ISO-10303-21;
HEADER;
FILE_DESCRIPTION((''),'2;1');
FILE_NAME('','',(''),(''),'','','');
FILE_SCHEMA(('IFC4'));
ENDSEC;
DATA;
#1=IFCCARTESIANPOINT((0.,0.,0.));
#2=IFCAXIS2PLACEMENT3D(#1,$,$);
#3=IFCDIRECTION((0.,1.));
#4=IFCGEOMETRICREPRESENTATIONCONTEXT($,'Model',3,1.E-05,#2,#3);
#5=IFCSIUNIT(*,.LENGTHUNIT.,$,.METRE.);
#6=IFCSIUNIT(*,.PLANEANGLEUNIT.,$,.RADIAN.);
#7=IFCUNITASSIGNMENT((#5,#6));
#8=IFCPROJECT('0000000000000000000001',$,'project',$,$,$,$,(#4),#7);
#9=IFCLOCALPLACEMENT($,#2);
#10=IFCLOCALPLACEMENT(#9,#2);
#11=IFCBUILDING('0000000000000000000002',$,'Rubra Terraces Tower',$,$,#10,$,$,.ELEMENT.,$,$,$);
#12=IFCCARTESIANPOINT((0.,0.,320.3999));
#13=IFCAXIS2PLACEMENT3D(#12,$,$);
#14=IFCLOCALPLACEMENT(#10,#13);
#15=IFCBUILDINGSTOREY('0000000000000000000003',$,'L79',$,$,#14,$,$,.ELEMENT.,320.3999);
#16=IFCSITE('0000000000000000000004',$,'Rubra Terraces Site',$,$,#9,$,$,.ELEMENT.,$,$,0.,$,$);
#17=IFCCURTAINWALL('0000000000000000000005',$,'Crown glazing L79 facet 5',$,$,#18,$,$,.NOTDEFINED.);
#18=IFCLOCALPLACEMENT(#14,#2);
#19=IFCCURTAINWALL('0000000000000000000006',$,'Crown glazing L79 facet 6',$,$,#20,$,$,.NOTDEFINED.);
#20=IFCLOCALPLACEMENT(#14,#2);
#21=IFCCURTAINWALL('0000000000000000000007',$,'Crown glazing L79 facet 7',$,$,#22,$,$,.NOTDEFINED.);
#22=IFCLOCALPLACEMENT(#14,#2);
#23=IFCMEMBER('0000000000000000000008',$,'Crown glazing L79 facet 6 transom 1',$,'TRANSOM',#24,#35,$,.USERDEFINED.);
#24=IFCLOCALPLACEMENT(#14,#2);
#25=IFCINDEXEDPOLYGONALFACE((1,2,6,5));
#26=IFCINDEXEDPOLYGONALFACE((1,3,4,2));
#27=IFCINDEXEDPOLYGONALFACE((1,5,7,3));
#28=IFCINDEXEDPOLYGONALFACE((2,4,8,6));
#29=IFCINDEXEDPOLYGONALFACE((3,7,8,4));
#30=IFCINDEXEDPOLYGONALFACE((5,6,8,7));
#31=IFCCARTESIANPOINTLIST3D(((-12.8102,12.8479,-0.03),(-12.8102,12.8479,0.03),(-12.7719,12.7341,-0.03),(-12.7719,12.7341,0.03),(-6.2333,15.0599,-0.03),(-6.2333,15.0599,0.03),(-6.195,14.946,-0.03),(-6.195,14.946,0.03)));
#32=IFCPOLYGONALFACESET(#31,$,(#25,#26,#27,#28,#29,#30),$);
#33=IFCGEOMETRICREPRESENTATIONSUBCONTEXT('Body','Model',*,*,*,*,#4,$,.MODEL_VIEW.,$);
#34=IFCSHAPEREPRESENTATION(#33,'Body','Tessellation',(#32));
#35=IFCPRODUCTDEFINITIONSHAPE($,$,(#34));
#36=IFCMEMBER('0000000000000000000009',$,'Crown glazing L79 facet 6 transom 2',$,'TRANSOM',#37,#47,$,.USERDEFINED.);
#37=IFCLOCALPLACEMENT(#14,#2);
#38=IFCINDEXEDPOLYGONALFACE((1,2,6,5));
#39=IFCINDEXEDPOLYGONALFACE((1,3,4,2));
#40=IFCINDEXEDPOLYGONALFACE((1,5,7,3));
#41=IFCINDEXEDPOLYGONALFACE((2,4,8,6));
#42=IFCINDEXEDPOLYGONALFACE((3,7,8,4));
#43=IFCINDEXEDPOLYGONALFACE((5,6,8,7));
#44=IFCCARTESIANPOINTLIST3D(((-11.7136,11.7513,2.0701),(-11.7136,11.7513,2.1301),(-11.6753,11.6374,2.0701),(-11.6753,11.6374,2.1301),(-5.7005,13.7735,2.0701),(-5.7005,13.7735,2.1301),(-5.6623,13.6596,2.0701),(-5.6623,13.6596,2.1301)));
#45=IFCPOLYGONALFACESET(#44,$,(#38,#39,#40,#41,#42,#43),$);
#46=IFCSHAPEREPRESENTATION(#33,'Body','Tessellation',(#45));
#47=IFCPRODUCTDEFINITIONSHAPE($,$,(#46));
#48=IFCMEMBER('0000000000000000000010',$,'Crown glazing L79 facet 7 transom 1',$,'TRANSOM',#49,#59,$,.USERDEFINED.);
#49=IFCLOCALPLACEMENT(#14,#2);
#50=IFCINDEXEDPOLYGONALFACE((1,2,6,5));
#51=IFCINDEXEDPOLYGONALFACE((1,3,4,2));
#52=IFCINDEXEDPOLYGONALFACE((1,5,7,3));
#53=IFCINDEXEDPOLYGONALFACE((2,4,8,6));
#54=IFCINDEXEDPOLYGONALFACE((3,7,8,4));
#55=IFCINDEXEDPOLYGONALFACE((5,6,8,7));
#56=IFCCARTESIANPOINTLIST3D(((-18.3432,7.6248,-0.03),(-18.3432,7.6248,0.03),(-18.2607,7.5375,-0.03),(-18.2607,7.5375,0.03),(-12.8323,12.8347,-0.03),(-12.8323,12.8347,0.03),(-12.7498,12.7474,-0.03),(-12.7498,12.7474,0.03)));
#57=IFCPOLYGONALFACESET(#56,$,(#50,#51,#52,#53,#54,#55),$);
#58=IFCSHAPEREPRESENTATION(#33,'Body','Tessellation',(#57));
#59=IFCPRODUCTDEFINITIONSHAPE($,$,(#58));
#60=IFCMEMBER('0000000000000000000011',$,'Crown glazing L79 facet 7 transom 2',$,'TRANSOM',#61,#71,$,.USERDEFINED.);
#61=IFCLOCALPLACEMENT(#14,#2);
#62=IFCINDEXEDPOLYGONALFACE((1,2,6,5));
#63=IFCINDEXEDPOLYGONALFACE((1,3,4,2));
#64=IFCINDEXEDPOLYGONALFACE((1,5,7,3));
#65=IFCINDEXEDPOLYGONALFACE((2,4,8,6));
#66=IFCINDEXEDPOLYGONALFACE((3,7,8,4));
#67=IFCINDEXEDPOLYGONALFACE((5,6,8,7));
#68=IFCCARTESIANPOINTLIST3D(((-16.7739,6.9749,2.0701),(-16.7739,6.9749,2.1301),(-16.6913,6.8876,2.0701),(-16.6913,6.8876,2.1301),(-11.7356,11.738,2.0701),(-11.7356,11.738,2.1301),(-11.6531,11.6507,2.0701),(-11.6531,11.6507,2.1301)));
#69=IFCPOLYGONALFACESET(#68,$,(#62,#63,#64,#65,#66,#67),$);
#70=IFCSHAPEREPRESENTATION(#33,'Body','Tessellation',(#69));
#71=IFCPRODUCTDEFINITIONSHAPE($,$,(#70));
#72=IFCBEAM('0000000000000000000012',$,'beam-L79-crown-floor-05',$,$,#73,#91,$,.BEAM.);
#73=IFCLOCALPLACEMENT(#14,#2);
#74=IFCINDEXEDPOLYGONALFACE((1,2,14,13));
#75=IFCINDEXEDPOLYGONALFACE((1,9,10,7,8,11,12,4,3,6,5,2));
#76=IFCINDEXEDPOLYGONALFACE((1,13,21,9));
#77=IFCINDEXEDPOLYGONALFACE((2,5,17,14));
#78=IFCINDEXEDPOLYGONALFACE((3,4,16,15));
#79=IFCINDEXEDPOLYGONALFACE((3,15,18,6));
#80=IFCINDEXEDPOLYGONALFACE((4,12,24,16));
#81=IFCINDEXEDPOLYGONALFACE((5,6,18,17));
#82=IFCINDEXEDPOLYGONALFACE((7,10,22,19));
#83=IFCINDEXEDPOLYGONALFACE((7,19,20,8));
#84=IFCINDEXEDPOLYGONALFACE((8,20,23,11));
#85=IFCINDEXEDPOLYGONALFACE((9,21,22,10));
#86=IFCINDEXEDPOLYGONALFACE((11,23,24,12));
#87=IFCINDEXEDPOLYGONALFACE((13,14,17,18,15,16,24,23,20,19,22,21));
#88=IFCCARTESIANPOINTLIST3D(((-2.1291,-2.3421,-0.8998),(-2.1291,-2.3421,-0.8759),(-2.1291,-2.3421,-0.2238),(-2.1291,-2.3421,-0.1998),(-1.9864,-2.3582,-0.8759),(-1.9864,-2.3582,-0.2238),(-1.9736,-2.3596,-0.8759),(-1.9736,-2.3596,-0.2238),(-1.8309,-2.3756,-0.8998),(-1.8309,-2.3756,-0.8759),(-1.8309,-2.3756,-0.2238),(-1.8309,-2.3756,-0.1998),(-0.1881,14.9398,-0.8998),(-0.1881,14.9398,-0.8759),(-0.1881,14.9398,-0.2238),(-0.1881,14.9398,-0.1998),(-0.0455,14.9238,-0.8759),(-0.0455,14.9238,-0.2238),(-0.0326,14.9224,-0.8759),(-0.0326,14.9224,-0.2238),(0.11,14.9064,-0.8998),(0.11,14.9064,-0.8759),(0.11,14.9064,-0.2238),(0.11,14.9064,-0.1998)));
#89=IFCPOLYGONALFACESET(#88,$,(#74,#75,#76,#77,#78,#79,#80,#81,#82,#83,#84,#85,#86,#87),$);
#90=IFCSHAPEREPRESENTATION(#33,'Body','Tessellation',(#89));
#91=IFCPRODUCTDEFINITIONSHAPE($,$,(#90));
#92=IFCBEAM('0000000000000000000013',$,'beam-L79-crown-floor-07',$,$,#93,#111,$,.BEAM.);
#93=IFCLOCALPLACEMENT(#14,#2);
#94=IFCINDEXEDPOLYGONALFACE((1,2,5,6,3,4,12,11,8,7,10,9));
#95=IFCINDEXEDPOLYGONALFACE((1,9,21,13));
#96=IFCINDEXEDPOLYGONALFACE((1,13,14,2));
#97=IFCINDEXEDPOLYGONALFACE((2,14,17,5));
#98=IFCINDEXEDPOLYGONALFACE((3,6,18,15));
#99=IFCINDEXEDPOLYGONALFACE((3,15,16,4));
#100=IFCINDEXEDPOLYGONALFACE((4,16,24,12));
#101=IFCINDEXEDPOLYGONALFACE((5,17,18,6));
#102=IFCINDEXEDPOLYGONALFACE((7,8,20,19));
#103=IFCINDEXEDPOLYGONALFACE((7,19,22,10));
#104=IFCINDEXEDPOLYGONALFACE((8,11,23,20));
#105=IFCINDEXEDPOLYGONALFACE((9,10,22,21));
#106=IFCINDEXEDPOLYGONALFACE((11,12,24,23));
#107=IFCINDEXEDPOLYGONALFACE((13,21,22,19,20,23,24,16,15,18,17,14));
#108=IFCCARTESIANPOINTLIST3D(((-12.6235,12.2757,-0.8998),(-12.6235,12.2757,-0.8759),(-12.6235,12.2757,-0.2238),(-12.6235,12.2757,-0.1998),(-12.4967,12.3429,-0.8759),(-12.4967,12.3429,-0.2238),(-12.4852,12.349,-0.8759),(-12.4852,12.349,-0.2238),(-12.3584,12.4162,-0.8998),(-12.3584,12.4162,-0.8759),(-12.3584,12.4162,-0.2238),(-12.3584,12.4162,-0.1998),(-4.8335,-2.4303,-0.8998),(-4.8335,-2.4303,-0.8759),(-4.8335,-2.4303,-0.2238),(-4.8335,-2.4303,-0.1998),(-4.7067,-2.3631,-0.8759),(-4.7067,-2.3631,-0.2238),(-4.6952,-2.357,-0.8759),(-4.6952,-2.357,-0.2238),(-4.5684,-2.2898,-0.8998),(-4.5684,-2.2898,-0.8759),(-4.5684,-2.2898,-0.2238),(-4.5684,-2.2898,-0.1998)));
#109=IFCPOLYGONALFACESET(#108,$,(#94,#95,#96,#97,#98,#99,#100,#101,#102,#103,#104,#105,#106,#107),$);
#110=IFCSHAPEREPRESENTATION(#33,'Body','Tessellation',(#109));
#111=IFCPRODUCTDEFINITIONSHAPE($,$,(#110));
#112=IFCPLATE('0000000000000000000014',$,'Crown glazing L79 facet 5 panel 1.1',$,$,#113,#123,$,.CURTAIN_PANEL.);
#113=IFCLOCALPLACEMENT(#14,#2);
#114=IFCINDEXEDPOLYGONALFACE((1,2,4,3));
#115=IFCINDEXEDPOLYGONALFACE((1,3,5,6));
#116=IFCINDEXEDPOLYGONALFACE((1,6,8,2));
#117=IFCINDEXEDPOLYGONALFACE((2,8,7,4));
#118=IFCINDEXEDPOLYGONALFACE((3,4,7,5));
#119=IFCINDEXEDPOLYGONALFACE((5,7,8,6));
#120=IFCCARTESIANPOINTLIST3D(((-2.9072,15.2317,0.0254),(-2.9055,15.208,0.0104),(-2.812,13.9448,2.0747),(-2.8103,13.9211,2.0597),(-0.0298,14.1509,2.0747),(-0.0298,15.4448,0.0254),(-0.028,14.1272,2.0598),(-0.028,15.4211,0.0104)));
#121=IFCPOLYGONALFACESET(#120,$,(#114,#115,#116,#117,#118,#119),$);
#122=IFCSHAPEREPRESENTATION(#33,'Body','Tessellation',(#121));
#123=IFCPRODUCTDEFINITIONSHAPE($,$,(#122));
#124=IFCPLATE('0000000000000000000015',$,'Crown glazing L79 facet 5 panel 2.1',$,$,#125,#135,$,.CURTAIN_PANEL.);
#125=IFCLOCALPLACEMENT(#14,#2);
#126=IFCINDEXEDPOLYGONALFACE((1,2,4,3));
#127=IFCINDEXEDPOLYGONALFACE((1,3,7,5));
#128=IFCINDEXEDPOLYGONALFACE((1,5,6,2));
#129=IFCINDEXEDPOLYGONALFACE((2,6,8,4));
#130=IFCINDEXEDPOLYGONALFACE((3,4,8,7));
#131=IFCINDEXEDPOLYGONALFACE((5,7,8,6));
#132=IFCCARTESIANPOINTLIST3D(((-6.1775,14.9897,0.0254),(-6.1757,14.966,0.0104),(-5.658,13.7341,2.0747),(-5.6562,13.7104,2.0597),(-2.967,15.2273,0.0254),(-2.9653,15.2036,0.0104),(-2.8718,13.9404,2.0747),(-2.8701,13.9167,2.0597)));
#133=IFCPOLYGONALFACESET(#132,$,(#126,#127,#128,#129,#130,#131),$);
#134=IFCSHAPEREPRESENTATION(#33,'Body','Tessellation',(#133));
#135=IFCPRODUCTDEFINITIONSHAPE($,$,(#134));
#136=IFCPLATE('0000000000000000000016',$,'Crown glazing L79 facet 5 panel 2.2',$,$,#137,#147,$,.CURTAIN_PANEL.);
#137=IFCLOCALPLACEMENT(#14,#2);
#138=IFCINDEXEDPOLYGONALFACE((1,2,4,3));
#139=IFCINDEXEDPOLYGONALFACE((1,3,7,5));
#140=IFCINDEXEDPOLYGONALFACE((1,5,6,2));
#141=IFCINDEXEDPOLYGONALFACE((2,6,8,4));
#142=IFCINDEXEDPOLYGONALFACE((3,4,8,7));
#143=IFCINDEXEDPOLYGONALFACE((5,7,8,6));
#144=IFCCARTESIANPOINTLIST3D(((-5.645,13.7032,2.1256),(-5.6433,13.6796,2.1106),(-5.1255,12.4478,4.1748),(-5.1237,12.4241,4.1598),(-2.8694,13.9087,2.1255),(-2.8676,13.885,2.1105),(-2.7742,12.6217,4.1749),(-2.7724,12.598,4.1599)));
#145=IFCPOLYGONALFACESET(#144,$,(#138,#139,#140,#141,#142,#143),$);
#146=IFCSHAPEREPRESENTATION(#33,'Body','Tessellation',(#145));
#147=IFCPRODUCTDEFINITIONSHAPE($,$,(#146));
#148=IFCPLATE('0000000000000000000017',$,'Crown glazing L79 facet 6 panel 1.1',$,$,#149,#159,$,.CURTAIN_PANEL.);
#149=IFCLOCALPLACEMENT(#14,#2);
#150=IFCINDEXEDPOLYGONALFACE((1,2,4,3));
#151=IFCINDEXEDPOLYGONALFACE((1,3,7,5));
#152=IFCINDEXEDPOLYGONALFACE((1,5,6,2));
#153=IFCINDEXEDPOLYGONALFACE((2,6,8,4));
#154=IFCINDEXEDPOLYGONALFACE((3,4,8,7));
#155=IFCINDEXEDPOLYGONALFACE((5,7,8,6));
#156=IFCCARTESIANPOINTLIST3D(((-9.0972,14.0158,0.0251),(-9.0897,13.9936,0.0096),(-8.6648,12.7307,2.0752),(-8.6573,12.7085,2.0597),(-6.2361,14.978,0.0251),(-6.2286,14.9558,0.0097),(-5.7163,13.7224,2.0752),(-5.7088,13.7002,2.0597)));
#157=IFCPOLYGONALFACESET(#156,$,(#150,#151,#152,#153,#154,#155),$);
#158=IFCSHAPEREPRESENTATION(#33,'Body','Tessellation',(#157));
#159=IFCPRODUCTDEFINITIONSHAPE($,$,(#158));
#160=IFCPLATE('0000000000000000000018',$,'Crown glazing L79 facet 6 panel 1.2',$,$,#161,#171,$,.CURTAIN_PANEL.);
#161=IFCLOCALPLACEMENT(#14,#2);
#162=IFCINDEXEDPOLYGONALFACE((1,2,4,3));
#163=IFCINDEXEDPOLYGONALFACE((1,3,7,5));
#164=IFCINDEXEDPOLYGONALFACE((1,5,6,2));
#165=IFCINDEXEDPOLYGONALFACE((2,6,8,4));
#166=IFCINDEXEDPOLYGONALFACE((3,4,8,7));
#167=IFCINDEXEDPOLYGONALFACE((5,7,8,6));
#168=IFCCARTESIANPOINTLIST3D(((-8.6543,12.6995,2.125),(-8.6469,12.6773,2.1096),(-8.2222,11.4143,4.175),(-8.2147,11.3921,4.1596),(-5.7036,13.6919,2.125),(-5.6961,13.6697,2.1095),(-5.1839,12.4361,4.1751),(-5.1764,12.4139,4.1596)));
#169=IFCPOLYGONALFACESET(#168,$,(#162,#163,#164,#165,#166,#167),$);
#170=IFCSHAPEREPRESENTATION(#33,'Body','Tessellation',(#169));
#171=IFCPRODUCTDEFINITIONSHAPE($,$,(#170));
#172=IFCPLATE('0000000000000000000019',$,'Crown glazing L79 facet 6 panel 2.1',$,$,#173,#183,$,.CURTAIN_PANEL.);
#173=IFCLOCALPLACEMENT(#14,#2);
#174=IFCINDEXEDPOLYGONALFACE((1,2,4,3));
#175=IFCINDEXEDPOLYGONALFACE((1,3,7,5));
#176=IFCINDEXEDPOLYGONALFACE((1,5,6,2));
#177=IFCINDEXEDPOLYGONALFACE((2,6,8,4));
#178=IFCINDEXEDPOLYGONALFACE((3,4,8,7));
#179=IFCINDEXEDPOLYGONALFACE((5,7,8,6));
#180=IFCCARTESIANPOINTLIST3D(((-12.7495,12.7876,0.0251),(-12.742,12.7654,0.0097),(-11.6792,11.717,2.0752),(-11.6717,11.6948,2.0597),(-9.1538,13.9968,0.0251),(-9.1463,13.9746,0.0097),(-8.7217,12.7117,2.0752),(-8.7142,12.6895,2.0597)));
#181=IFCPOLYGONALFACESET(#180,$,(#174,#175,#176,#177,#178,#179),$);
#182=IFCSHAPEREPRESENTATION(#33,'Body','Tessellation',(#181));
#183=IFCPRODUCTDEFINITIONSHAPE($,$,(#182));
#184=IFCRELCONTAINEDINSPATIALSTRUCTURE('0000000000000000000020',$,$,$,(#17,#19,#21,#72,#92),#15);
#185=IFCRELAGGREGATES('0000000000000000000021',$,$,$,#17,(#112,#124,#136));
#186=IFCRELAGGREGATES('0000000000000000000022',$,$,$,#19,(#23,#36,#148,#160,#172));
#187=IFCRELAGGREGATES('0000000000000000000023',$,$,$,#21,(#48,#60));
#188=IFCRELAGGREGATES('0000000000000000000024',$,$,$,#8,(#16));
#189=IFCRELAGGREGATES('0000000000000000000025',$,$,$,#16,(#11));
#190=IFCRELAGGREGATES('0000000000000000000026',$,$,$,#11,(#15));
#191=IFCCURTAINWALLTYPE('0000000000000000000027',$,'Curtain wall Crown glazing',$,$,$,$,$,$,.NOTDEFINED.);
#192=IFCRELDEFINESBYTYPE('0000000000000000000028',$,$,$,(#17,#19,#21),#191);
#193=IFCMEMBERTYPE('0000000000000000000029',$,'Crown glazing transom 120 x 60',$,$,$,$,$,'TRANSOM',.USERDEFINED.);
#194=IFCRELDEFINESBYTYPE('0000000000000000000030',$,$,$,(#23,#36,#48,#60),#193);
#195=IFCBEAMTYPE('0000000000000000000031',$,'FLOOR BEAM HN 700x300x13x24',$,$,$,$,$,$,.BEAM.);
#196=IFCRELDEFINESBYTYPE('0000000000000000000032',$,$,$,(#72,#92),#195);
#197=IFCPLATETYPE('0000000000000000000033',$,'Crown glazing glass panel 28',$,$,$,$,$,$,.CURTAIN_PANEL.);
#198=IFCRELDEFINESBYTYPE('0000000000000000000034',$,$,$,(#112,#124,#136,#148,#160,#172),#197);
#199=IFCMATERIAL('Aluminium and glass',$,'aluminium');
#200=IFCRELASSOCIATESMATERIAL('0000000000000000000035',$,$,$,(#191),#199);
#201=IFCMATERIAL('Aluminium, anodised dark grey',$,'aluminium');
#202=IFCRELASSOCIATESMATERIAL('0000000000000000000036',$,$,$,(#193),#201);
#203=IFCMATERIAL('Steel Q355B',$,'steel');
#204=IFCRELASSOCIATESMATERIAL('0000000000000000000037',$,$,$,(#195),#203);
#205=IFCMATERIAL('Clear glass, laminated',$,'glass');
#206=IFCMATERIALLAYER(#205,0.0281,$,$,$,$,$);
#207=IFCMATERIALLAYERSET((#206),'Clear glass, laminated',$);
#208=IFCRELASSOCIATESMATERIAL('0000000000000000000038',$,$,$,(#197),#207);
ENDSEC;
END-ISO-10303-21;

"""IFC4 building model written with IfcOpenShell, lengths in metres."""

from ifc_helpers import new_model, si_unit, direction, frame, origin, origin_2d, place, context, subcontext, project, spatial, polyline, rectangle, i_section, outline, extrude, material, layer, layer_set, material_profile, profile_set, type_object, element, aggregate, save


model = new_model("IFC4")

# Units and contexts
model_context = context("Model", 3, precision=1e-05, world=origin(), true_north=direction((0.0, 1.0)))
body_context = subcontext(model_context, "Body", "Model", "MODEL_VIEW")
ifc_project = project(units=[si_unit("LENGTHUNIT", "METRE"), si_unit("PLANEANGLEUNIT", "RADIAN")], contexts=[model_context])

# Site, building, storey
site_placement = place(None, origin())
site = spatial("IfcSite", under=ifc_project, at=site_placement, Name="Rubra Terraces Site", CompositionType="ELEMENT", RefElevation=0.0)
building_placement = place(site_placement, origin())
building = spatial("IfcBuilding", under=site, at=building_placement, Name="Rubra Terraces Tower", CompositionType="ELEMENT")
storey_placement = place(building_placement, frame((0.0, 0.0, 320.3999)))
storey = spatial("IfcBuildingStorey", under=building, at=storey_placement, Name="L79", CompositionType="ELEMENT", Elevation=320.3999)

# Shared definitions
ifc_material_1 = material(Name="Steel Q355B", Category="steel")

# Curtain walls
ifc_material_2 = material(Name="Aluminium and glass", Category="aluminium")
curtain_wall_type = type_object("IfcCurtainWallType", Name="Curtain wall Crown glazing", PredefinedType="NOTDEFINED", material=ifc_material_2)
curtain_wall_1_placement = place(storey_placement, origin())
curtain_wall_1 = element("IfcCurtainWall", 1, at=curtain_wall_1_placement, inside=storey, type_object=curtain_wall_type, Name="Crown glazing L79 facet 5", PredefinedType="NOTDEFINED")
ifc_material_3 = material(Name="Aluminium, anodised dark grey", Category="aluminium")
curtain_wall_2_placement = place(storey_placement, origin())
curtain_wall_2 = element("IfcCurtainWall", 2, at=curtain_wall_2_placement, inside=storey, type_object=curtain_wall_type, Name="Crown glazing L79 facet 6", PredefinedType="NOTDEFINED")
curtain_wall_3_placement = place(storey_placement, origin())
curtain_wall_3 = element("IfcCurtainWall", 3, at=curtain_wall_3_placement, inside=storey, type_object=curtain_wall_type, Name="Crown glazing L79 facet 7", PredefinedType="NOTDEFINED")

# Members
ifc_material_profile_1 = material_profile(ifc_material_3, rectangle(XDim=0.1201, YDim=0.0601, at=origin_2d()), Name="AL 120x60")
ifc_profile_set_1 = profile_set([ifc_material_profile_1], Name="Aluminium, anodised dark grey")
member_type_1 = type_object("IfcMemberType", Name="Crown glazing transom 120 x 60", ElementType="TRANSOM", PredefinedType="USERDEFINED", material=ifc_profile_set_1)
member_1_placement = place(storey_placement, frame((-6.2141, 15.0029, 0.0), z_axis=(-0.947832, -0.31877, 0.0), x_axis=(0.31877, -0.947832, 0.0)))
member_1 = element("IfcMember", 4, at=member_1_placement, type_object=member_type_1, Name="Crown glazing L79 facet 6 transom 1", ObjectType="TRANSOM", PredefinedType="USERDEFINED", context=body_context, shape_type="SweptSolid", body=[
    extrude(rectangle(XDim=0.1201, YDim=0.0601, at=origin_2d()), origin(), (0.0, 0.0, 1.0), 6.939),
])
member_2_placement = place(storey_placement, frame((-5.6814, 13.7166, 2.1001), z_axis=(-0.947837, -0.318755, 0.0), x_axis=(0.318755, -0.947837, 0.0)))
member_2 = element("IfcMember", 5, at=member_2_placement, type_object=member_type_1, Name="Crown glazing L79 facet 6 transom 2", ObjectType="TRANSOM", PredefinedType="USERDEFINED", context=body_context, shape_type="SweptSolid", body=[
    extrude(rectangle(XDim=0.1201, YDim=0.0601, at=origin_2d()), origin(), (0.0, 0.0, 1.0), 6.344),
])
member_3_placement = place(storey_placement, frame((-12.791, 12.791, 0.0), z_axis=(-0.726675, -0.686982, 0.0), x_axis=(0.686982, -0.726675, 0.0)))
member_3 = element("IfcMember", 6, at=member_3_placement, type_object=member_type_1, Name="Crown glazing L79 facet 7 transom 1", ObjectType="TRANSOM", PredefinedType="USERDEFINED", context=body_context, shape_type="SweptSolid", body=[
    extrude(rectangle(XDim=0.1201, YDim=0.0601, at=origin_2d()), origin(), (0.0, 0.0, 1.0), 7.5837),
])
member_4_placement = place(storey_placement, frame((-11.6943, 11.6943, 2.1001), z_axis=(-0.72667, -0.686986, 0.0), x_axis=(0.686986, -0.72667, 0.0)))
member_4 = element("IfcMember", 7, at=member_4_placement, type_object=member_type_1, Name="Crown glazing L79 facet 7 transom 2", ObjectType="TRANSOM", PredefinedType="USERDEFINED", context=body_context, shape_type="SweptSolid", body=[
    extrude(rectangle(XDim=0.1201, YDim=0.0601, at=origin_2d()), origin(), (0.0, 0.0, 1.0), 6.9333),
])

# Beams
ifc_material_profile_2 = material_profile(ifc_material_1, i_section(OverallWidth=0.3, OverallDepth=0.7, WebThickness=0.0129, FlangeThickness=0.0239, at=origin_2d()), Name="HN 700x300x13x24")
ifc_profile_set_2 = profile_set([ifc_material_profile_2], Name="Steel Q355B")
beam_type_1 = type_object("IfcBeamType", Name="FLOOR BEAM HN 700x300x13x24", PredefinedType="BEAM", material=ifc_profile_set_2)
beam_1_placement = place(storey_placement, frame((-0.0391, 14.9231, -0.5498), z_axis=(-0.111607, -0.993752, 0.0), x_axis=(0.993752, -0.111607, 0.0)))
element("IfcBeam", 8, at=beam_1_placement, inside=storey, type_object=beam_type_1, Name="beam-L79-crown-floor-05", PredefinedType="BEAM", context=body_context, shape_type="SweptSolid", body=[
    extrude(i_section(OverallWidth=0.3, OverallDepth=0.7, WebThickness=0.0129, FlangeThickness=0.0239, at=origin_2d()), origin(), (0.0, 0.0, 1.0), 17.3906),
])
beam_2_placement = place(storey_placement, frame((-12.491, 12.3459, -0.5498), z_axis=(0.468098, -0.883677, 0.0), x_axis=(0.883677, 0.468098, 0.0)))
element("IfcBeam", 9, at=beam_2_placement, inside=storey, type_object=beam_type_1, Name="beam-L79-crown-floor-07", PredefinedType="BEAM", context=body_context, shape_type="SweptSolid", body=[
    extrude(i_section(OverallWidth=0.3, OverallDepth=0.7, WebThickness=0.0129, FlangeThickness=0.0239, at=origin_2d()), origin(), (0.0, 0.0, 1.0), 16.6418),
])

# Plates
ifc_material_4 = material(Name="Clear glass, laminated", Category="glass")
ifc_layer = layer(ifc_material_4, 0.0281)
ifc_layer_set = layer_set([ifc_layer], Name="Clear glass, laminated")
plate_type = type_object("IfcPlateType", Name="Crown glazing glass panel 28", PredefinedType="CURTAIN_PANEL", material=ifc_layer_set)
plate_1_placement = place(storey_placement, frame((-0.0298, 15.4448, 0.0254), z_axis=(-0.062505, 0.843905, 0.532839), x_axis=(-0.997268, -0.073865, 0.000002)))
plate_1 = element("IfcPlate", 10, at=plate_1_placement, type_object=plate_type, Name="Crown glazing L79 facet 5 panel 1.1", PredefinedType="CURTAIN_PANEL", context=body_context, shape_type="SweptSolid", body=[
    extrude(outline(polyline([(0.0, 0.0), (2.8853, 0.0), (2.8854, 2.4217), (0.0956, 2.4217), (0.0, 0.0)])), origin(), (0.0, 0.0, -1.0), 0.0281),
])
plate_2_placement = place(storey_placement, frame((-2.967, 15.2273, 0.0254), z_axis=(-0.062462, 0.843896, 0.532858), x_axis=(-0.997272, -0.073808, -0.000011)))
plate_2 = element("IfcPlate", 11, at=plate_2_placement, type_object=plate_type, Name="Crown glazing L79 facet 5 panel 2.1", PredefinedType="CURTAIN_PANEL", context=body_context, shape_type="SweptSolid", body=[
    extrude(outline(polyline([(0.0, 0.0), (3.2192, 0.0), (2.7938, 2.4218), (0.0, 2.4217), (0.0, 0.0)])), origin(), (0.0, 0.0, -1.0), 0.0281),
])
plate_3_placement = place(storey_placement, frame((-2.8694, 13.9087, 2.1255), z_axis=(-0.062448, 0.843898, 0.532857), x_axis=(-0.997272, -0.073815, 0.000027)))
plate_3 = element("IfcPlate", 12, at=plate_3_placement, type_object=plate_type, Name="Crown glazing L79 facet 5 panel 2.2", PredefinedType="CURTAIN_PANEL", context=body_context, shape_type="SweptSolid", body=[
    extrude(outline(polyline([(0.0, 0.0), (2.7832, 0.0), (2.3578, 2.4217), (0.0001, 2.4219), (0.0, 0.0)])), origin(), (0.0, 0.0, -1.0), 0.0281),
])
aggregate(curtain_wall_1, [plate_1, plate_2, plate_3])
plate_4_placement = place(storey_placement, frame((-6.2361, 14.978, 0.0251), z_axis=(-0.265881, 0.790565, 0.551646), x_axis=(-0.947834, -0.318765, -0.000011)))
plate_4 = element("IfcPlate", 13, at=plate_4_placement, type_object=plate_type, Name="Crown glazing L79 facet 6 panel 1.1", PredefinedType="CURTAIN_PANEL", context=body_context, shape_type="SweptSolid", body=[
    extrude(outline(polyline([(0.0, 0.0), (3.0185, 0.0), (3.0184, 2.4579), (-0.0924, 2.4578), (0.0, 0.0)])), origin(), (0.0, 0.0, -1.0), 0.0281),
])
plate_5_placement = place(storey_placement, frame((-5.7036, 13.6919, 2.125), z_axis=(-0.26587, 0.790554, 0.551668), x_axis=(-0.947831, -0.318773, 0.000013)))
plate_5 = element("IfcPlate", 14, at=plate_5_placement, type_object=plate_type, Name="Crown glazing L79 facet 6 panel 1.2", PredefinedType="CURTAIN_PANEL", context=body_context, shape_type="SweptSolid", body=[
    extrude(outline(polyline([(0.0, 0.0), (3.1131, 0.0), (3.1132, 2.4579), (-0.0923, 2.458), (0.0, 0.0)])), origin(), (0.0, 0.0, -1.0), 0.0281),
])
plate_6_placement = place(storey_placement, frame((-9.1538, 13.9968, 0.0251), z_axis=(-0.265869, 0.790569, 0.551647), x_axis=(-0.947836, -0.318758, -0.000001)))
plate_6 = element("IfcPlate", 15, at=plate_6_placement, type_object=plate_type, Name="Crown glazing L79 facet 6 panel 2.1", PredefinedType="CURTAIN_PANEL", context=body_context, shape_type="SweptSolid", body=[
    extrude(outline(polyline([(0.0, 0.0), (3.7936, 0.0), (3.1204, 2.4579), (0.0001, 2.4579), (0.0, 0.0)])), origin(), (0.0, 0.0, -1.0), 0.0281),
])
aggregate(curtain_wall_2, [member_1, member_2, plate_4, plate_5, plate_6])
aggregate(curtain_wall_3, [member_3, member_4])

save(model, "model.ifc")
